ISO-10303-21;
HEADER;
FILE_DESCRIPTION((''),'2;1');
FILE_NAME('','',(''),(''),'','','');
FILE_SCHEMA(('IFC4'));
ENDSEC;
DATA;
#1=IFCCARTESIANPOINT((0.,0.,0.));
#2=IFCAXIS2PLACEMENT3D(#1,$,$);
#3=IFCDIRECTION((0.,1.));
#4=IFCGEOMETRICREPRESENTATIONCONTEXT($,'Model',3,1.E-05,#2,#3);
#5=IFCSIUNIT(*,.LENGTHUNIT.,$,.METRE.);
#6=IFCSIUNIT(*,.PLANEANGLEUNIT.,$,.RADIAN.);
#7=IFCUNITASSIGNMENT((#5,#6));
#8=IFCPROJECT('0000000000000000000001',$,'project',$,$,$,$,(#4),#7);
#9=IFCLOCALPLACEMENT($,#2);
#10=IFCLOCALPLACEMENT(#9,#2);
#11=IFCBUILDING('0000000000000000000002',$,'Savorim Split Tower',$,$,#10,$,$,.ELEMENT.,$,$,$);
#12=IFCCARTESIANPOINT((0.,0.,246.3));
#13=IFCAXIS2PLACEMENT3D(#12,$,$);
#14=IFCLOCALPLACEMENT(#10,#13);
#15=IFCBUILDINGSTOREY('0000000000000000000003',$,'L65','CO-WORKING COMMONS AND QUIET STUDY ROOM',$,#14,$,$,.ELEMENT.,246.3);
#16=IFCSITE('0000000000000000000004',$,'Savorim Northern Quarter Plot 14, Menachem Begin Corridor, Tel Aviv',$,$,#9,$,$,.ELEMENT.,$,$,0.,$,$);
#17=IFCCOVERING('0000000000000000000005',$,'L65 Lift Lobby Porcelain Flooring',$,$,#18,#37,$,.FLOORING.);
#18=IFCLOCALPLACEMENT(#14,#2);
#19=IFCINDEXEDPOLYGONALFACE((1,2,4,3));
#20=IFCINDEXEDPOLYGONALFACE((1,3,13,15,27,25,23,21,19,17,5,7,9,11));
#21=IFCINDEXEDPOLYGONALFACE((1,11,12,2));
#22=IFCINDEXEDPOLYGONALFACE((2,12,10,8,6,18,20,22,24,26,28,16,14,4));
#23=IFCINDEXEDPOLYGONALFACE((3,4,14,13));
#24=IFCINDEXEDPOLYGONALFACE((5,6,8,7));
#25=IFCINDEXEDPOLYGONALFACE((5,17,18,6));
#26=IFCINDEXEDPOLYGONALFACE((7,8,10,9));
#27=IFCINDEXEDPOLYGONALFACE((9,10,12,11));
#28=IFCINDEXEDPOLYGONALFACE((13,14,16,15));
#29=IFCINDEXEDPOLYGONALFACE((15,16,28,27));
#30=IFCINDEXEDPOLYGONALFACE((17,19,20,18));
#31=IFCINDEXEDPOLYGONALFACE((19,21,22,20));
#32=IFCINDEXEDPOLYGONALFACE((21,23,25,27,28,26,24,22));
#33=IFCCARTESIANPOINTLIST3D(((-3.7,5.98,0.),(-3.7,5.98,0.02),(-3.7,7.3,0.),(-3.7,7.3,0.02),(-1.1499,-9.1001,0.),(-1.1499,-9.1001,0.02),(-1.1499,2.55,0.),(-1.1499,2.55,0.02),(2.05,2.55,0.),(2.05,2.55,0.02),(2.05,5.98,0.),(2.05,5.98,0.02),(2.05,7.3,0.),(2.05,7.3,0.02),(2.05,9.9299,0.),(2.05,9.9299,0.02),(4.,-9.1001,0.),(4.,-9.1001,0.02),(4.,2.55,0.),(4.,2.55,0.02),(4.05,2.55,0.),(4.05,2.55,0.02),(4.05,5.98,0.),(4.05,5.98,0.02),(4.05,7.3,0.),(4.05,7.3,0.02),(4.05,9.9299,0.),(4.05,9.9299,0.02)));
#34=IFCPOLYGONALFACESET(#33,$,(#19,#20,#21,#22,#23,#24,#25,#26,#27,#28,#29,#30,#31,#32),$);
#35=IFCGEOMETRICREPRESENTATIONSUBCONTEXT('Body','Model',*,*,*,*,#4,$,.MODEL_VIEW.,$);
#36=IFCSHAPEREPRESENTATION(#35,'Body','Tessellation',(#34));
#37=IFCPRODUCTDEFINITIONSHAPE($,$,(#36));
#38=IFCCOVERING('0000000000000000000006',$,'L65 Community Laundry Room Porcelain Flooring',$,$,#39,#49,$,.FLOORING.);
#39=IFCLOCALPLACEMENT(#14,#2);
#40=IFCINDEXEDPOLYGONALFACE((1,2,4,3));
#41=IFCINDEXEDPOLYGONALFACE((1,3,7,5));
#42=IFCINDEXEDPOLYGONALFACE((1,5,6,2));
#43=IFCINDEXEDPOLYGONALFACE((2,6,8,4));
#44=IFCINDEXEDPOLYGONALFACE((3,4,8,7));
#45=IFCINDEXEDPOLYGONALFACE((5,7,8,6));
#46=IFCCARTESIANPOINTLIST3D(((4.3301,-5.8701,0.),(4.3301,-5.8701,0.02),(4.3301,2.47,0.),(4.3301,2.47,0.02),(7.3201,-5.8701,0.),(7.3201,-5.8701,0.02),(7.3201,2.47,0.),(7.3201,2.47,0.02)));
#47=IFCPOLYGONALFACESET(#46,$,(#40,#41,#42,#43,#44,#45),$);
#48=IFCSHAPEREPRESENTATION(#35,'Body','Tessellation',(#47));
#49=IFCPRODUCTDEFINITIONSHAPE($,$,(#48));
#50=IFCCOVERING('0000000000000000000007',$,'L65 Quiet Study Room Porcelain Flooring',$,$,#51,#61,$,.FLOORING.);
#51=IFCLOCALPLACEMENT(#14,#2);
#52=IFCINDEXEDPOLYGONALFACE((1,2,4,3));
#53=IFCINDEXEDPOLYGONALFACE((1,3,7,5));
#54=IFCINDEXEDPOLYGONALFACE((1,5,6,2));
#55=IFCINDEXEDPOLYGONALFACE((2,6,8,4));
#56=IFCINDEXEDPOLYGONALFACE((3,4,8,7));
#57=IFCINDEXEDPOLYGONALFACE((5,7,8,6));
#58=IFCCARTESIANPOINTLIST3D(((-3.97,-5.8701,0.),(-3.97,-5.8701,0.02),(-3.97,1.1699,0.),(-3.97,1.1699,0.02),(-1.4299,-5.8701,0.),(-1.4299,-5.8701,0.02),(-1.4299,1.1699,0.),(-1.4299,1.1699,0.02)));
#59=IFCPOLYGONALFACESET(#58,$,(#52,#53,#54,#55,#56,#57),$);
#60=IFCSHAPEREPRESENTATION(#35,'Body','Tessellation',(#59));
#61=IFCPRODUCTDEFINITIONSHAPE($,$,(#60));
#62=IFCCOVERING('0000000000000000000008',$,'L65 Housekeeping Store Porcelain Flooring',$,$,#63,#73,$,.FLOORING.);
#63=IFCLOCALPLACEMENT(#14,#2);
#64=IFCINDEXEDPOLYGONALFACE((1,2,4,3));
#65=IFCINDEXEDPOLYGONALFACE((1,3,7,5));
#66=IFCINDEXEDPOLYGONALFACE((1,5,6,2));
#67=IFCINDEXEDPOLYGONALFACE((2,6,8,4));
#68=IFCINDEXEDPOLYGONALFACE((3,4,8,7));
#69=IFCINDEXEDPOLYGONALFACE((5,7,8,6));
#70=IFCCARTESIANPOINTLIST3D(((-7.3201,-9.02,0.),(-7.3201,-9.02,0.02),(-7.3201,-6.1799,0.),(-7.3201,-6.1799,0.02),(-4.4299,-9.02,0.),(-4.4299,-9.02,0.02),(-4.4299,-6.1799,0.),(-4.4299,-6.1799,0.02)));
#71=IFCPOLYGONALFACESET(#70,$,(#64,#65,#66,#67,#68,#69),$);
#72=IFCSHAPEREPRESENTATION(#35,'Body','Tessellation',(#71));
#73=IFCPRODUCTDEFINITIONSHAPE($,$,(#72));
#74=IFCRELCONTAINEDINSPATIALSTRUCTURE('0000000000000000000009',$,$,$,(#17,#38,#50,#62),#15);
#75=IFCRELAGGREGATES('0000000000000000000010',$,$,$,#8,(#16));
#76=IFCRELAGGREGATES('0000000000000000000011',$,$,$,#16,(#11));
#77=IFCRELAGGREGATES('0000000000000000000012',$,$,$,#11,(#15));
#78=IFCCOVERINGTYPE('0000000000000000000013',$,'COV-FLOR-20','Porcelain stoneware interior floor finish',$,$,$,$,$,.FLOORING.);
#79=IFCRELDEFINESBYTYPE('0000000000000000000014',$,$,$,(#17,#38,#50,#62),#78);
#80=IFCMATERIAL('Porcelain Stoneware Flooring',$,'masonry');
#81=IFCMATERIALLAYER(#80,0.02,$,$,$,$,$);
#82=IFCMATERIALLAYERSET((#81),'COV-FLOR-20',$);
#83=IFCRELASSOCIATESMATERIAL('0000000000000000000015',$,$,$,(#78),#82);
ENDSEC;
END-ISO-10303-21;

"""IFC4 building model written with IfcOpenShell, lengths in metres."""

from ifc_helpers import new_model, si_unit, direction, frame, origin, place, context, subcontext, project, spatial, polyline, outline, extrude, material, layer, layer_set, type_object, element, save


model = new_model("IFC4")

# Units and contexts
model_context = context("Model", 3, precision=1e-05, world=origin(), true_north=direction((0.0, 1.0)))
body_context = subcontext(model_context, "Body", "Model", "MODEL_VIEW")
ifc_project = project(units=[si_unit("LENGTHUNIT", "METRE"), si_unit("PLANEANGLEUNIT", "RADIAN")], contexts=[model_context])

# Site, building, storey
site_placement = place(None, origin())
site = spatial("IfcSite", under=ifc_project, at=site_placement, Name="Savorim Northern Quarter Plot 14, Menachem Begin Corridor, Tel Aviv", CompositionType="ELEMENT", RefElevation=0.0)
building_placement = place(site_placement, origin())
building = spatial("IfcBuilding", under=site, at=building_placement, Name="Savorim Split Tower", CompositionType="ELEMENT")
storey_placement = place(building_placement, frame((0.0, 0.0, 246.3)))
storey = spatial("IfcBuildingStorey", under=building, at=storey_placement, Name="L65", Description="CO-WORKING COMMONS AND QUIET STUDY ROOM", CompositionType="ELEMENT", Elevation=246.3)

# Coverings
ifc_material_1 = material(Name="Porcelain Stoneware Flooring", Category="masonry")
ifc_layer_1 = layer(ifc_material_1, 0.02)
ifc_layer_set_1 = layer_set([ifc_layer_1], Name="COV-FLOR-20")
covering_type_1 = type_object("IfcCoveringType", Name="COV-FLOR-20", Description="Porcelain stoneware interior floor finish", PredefinedType="FLOORING", material=ifc_layer_set_1)
covering_1_placement = place(storey_placement, origin())
element("IfcCovering", 1, at=covering_1_placement, inside=storey, type_object=covering_type_1, Name="L65 Lift Lobby Porcelain Flooring", PredefinedType="FLOORING", context=body_context, shape_type="SweptSolid", body=[
    extrude(outline(polyline([(2.05, 2.55), (-1.1499, 2.55), (-1.1499, -9.1001), (4.0, -9.1001), (4.0, 2.55), (4.05, 2.55), (4.05, 5.98), (4.05, 7.3), (4.05, 9.9299), (2.05, 9.9299), (2.05, 7.3), (-3.7, 7.3), (-3.7, 5.98), (2.05, 5.98), (2.05, 2.55)])), origin(), (0.0, 0.0, 1.0), 0.02),
])
covering_2_placement = place(storey_placement, origin())
element("IfcCovering", 2, at=covering_2_placement, inside=storey, type_object=covering_type_1, Name="L65 Community Laundry Room Porcelain Flooring", PredefinedType="FLOORING", context=body_context, shape_type="SweptSolid", body=[
    extrude(outline(polyline([(4.3301, 2.47), (4.3301, -5.8701), (7.3201, -5.8701), (7.3201, 2.47), (4.3301, 2.47)])), origin(), (0.0, 0.0, 1.0), 0.02),
])
covering_3_placement = place(storey_placement, origin())
element("IfcCovering", 3, at=covering_3_placement, inside=storey, type_object=covering_type_1, Name="L65 Quiet Study Room Porcelain Flooring", PredefinedType="FLOORING", context=body_context, shape_type="SweptSolid", body=[
    extrude(outline(polyline([(-3.97, 1.1699), (-3.97, -5.8701), (-1.4299, -5.8701), (-1.4299, 1.1699), (-3.97, 1.1699)])), origin(), (0.0, 0.0, 1.0), 0.02),
])
covering_4_placement = place(storey_placement, origin())
element("IfcCovering", 4, at=covering_4_placement, inside=storey, type_object=covering_type_1, Name="L65 Housekeeping Store Porcelain Flooring", PredefinedType="FLOORING", context=body_context, shape_type="SweptSolid", body=[
    extrude(outline(polyline([(-7.3201, -6.1799), (-7.3201, -9.02), (-4.4299, -9.02), (-4.4299, -6.1799), (-7.3201, -6.1799)])), origin(), (0.0, 0.0, 1.0), 0.02),
])

save(model, "model.ifc")
